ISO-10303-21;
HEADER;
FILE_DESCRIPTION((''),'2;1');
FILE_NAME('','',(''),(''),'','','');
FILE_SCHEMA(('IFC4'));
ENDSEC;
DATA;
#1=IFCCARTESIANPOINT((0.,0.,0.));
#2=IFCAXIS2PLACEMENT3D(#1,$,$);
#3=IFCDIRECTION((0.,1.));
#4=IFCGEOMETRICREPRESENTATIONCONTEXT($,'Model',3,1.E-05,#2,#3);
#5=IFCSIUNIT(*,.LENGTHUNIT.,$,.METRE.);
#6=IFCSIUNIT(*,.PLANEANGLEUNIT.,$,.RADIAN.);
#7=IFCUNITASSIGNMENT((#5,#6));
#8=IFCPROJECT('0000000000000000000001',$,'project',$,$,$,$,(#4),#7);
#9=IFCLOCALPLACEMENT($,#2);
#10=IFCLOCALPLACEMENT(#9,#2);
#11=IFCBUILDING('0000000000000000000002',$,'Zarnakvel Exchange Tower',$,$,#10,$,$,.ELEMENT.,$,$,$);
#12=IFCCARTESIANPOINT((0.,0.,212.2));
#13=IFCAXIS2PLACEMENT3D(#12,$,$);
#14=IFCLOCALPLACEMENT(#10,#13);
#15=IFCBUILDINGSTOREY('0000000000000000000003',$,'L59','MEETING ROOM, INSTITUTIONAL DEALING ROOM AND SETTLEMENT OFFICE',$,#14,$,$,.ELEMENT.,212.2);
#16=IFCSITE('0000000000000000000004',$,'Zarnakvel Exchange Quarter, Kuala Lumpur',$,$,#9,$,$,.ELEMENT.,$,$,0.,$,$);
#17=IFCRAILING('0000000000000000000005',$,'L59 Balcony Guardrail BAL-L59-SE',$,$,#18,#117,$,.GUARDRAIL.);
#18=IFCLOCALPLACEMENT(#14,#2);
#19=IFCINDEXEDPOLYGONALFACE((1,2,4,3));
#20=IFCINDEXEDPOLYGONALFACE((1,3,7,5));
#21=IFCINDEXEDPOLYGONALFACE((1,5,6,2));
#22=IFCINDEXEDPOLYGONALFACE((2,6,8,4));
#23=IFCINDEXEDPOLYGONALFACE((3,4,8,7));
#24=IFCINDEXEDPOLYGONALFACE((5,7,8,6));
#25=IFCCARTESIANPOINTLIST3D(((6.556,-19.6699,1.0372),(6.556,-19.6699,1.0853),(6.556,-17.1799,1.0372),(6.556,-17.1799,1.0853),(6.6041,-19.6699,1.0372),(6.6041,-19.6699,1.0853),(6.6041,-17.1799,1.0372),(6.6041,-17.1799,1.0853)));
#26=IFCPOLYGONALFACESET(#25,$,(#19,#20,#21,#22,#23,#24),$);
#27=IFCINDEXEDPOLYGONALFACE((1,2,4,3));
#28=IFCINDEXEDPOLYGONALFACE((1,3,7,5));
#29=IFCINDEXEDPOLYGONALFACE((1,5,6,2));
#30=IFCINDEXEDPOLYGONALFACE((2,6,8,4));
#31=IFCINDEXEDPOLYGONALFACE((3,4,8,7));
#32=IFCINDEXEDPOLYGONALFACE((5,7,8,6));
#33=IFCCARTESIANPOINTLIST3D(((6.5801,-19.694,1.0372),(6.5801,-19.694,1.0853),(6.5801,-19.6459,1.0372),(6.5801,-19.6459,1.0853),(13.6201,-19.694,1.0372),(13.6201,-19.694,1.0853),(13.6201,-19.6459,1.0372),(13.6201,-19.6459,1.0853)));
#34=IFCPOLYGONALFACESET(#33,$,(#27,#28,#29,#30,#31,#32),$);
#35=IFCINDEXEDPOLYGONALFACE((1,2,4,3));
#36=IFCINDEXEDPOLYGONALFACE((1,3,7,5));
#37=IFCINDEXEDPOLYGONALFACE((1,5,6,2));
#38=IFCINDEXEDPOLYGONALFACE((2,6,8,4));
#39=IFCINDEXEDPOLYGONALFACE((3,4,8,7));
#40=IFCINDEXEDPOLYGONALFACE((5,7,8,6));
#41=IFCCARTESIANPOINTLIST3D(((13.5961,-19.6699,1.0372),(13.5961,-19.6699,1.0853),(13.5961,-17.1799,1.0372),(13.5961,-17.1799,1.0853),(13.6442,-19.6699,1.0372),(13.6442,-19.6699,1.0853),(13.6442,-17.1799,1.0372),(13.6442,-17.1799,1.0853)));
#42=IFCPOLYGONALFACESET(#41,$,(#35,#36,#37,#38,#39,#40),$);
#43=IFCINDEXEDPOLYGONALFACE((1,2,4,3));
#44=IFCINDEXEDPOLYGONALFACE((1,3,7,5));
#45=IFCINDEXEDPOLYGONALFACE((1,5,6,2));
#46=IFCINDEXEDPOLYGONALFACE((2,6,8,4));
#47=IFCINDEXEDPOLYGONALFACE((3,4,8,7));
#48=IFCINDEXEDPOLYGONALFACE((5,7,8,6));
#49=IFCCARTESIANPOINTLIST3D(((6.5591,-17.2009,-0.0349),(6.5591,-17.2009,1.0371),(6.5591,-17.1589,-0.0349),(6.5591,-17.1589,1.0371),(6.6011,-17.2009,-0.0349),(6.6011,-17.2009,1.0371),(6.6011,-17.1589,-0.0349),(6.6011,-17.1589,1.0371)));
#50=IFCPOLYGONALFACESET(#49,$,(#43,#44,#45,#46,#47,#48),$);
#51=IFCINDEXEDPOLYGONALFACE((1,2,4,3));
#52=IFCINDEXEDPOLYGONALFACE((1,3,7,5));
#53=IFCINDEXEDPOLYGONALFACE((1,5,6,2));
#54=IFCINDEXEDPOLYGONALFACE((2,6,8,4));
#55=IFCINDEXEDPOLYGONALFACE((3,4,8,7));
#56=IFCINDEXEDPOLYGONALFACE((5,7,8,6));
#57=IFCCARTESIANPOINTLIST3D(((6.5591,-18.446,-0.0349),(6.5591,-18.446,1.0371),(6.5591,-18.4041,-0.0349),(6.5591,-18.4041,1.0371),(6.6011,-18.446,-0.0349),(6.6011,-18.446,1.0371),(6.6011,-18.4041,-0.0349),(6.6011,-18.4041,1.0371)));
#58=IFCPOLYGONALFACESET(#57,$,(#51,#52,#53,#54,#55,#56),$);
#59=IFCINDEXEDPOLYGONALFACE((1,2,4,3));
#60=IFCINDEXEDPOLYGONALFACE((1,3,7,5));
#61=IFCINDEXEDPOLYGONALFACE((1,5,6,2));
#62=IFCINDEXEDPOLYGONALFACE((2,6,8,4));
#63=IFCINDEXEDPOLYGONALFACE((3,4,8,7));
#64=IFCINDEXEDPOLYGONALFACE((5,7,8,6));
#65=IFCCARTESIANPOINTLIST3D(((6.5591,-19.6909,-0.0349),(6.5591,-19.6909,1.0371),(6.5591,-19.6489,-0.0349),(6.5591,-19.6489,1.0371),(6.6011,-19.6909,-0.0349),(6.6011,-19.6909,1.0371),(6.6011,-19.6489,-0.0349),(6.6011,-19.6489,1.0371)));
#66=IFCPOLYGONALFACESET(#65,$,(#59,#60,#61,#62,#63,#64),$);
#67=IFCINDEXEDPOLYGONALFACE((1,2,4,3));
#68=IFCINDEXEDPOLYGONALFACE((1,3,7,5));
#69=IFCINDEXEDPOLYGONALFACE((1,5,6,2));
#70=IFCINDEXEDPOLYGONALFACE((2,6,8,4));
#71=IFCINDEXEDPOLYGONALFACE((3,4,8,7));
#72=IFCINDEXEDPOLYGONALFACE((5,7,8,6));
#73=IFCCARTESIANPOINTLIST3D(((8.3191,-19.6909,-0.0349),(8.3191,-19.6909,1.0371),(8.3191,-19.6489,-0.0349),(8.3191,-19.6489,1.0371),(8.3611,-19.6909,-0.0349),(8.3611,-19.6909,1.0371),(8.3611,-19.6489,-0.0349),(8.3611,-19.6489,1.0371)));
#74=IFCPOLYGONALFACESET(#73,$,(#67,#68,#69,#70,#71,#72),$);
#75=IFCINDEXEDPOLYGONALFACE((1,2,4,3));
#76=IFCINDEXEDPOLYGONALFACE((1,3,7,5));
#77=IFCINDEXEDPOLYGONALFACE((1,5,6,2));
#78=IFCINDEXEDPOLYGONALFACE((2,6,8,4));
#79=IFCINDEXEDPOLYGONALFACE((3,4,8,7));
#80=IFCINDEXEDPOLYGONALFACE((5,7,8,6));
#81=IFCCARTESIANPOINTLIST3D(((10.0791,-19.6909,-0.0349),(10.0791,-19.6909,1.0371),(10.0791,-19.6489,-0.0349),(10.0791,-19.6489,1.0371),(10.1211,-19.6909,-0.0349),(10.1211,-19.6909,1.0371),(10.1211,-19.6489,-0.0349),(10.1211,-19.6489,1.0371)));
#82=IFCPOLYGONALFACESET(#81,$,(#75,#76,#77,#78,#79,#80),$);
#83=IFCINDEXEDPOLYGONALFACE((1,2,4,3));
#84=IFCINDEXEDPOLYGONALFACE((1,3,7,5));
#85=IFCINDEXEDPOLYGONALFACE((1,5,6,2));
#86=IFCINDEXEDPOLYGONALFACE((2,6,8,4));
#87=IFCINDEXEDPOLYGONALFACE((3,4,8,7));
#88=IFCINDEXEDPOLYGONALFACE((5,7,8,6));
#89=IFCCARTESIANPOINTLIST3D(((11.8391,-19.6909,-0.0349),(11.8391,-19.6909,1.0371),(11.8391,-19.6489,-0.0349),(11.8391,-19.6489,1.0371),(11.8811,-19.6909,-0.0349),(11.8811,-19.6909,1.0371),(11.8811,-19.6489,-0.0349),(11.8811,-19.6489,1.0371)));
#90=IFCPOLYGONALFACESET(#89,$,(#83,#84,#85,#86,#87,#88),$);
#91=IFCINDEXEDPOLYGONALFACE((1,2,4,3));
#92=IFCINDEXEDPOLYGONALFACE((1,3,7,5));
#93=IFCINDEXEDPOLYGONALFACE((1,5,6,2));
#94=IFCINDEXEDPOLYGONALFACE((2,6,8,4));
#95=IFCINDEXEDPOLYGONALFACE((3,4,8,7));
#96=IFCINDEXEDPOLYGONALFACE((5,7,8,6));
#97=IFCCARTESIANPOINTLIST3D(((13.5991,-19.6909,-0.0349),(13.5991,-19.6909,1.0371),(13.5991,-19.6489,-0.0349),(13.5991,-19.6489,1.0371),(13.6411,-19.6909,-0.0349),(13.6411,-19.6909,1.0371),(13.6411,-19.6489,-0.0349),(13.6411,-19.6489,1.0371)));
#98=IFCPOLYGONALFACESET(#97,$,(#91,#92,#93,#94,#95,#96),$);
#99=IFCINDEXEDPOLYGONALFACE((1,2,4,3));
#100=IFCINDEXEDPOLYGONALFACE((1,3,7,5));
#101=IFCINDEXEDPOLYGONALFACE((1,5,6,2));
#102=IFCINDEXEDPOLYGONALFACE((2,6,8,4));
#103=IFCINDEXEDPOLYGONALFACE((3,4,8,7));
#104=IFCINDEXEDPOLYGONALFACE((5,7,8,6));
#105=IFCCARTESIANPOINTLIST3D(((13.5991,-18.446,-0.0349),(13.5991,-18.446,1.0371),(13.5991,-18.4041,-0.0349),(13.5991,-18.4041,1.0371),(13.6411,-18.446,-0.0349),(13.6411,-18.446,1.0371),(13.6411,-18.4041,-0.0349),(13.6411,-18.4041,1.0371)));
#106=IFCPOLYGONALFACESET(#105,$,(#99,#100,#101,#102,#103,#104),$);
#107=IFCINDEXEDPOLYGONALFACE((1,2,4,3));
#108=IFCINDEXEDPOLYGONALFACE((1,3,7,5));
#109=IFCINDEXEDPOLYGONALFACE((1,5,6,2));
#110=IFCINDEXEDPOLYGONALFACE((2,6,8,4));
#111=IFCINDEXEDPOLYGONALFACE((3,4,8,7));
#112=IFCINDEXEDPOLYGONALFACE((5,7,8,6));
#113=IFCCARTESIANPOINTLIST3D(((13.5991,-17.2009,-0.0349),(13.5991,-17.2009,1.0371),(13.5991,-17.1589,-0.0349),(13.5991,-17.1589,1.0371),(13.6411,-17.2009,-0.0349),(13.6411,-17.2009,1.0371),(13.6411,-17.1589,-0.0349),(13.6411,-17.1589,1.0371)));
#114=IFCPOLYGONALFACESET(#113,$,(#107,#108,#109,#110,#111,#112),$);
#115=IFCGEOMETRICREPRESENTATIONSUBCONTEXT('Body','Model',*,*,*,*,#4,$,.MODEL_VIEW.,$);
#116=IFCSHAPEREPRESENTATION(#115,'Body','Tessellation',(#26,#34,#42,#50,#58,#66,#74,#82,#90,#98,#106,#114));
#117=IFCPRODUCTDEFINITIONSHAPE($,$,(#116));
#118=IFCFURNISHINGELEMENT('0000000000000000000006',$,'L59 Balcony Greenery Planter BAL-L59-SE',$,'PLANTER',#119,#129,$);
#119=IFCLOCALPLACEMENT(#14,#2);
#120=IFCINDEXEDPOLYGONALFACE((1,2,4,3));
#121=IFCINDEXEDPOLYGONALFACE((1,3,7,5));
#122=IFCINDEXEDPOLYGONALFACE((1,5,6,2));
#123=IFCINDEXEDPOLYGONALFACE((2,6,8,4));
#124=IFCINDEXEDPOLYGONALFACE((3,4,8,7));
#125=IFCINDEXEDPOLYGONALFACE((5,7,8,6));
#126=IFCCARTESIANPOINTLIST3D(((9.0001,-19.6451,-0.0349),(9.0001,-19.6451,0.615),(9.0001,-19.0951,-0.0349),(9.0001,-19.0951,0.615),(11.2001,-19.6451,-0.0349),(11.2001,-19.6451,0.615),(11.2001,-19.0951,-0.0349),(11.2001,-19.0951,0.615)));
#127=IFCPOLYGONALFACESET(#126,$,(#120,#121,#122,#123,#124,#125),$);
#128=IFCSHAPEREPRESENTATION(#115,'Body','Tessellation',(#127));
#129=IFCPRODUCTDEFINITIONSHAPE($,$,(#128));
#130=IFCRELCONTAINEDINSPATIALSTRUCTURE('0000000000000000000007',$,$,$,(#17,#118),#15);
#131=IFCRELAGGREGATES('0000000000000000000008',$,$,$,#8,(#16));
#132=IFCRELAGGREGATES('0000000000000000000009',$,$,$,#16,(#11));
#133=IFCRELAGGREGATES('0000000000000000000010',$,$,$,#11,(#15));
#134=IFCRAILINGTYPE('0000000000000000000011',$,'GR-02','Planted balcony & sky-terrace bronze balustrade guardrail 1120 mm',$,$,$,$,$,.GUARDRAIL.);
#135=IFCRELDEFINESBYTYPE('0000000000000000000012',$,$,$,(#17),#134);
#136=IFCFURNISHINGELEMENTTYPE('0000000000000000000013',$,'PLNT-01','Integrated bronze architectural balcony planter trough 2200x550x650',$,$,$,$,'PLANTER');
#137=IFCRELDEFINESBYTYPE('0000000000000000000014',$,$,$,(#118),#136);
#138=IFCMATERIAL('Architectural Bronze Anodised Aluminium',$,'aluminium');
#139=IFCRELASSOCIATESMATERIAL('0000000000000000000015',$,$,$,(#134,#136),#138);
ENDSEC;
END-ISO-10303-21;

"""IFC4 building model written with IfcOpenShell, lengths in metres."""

from ifc_helpers import new_model, si_unit, direction, frame, origin, origin_2d, place, context, subcontext, project, spatial, rectangle, extrude, source, transform, mapped, material, type_object, element, save


model = new_model("IFC4")

# Units and contexts
model_context = context("Model", 3, precision=1e-05, world=origin(), true_north=direction((0.0, 1.0)))
body_context = subcontext(model_context, "Body", "Model", "MODEL_VIEW")
ifc_project = project(units=[si_unit("LENGTHUNIT", "METRE"), si_unit("PLANEANGLEUNIT", "RADIAN")], contexts=[model_context])

# Site, building, storey
site_placement = place(None, origin())
site = spatial("IfcSite", under=ifc_project, at=site_placement, Name="Zarnakvel Exchange Quarter, Kuala Lumpur", CompositionType="ELEMENT", RefElevation=0.0)
building_placement = place(site_placement, origin())
building = spatial("IfcBuilding", under=site, at=building_placement, Name="Zarnakvel Exchange Tower", CompositionType="ELEMENT")
storey_placement = place(building_placement, frame((0.0, 0.0, 212.2)))
storey = spatial("IfcBuildingStorey", under=building, at=storey_placement, Name="L59", Description="MEETING ROOM, INSTITUTIONAL DEALING ROOM AND SETTLEMENT OFFICE", CompositionType="ELEMENT", Elevation=212.2)

# Shared definitions
ifc_material_1 = material(Name="Architectural Bronze Anodised Aluminium", Category="aluminium")

# Railing
railing_type = type_object("IfcRailingType", Name="GR-02", Description="Planted balcony & sky-terrace bronze balustrade guardrail 1120 mm", PredefinedType="GUARDRAIL", material=ifc_material_1)
railing_placement = place(storey_placement, frame((6.5801, -17.1799, -0.0349)))
element("IfcRailing", 1, at=railing_placement, inside=storey, type_object=railing_type, Name="L59 Balcony Guardrail BAL-L59-SE", PredefinedType="GUARDRAIL", context=body_context, shape_type="SweptSolid", body=[
    extrude(rectangle(XDim=0.0481, YDim=0.0481, at=origin_2d()), frame((0.0, 0.0, 1.0962), z_axis=(0.0, -1.0, 0.0), x_axis=(1.0, 0.0, 0.0)), (0.0, 0.0, 1.0), 2.49),
    extrude(rectangle(XDim=0.0481, YDim=0.0481, at=origin_2d()), frame((0.0, -2.49, 1.0962), z_axis=(1.0, 0.0, 0.0), x_axis=(0.0, 1.0, 0.0)), (0.0, 0.0, 1.0), 7.04),
    extrude(rectangle(XDim=0.0481, YDim=0.0481, at=origin_2d()), frame((7.04, -2.49, 1.0962), z_axis=(0.0, 1.0, 0.0), x_axis=(-1.0, 0.0, 0.0)), (0.0, 0.0, 1.0), 2.49),
    extrude(rectangle(XDim=0.042, YDim=0.042, at=origin_2d()), origin(), (0.0, 0.0, 1.0), 1.072),
    extrude(rectangle(XDim=0.042, YDim=0.042, at=origin_2d()), frame((0.0, -1.2451, 0.0)), (0.0, 0.0, 1.0), 1.072),
    extrude(rectangle(XDim=0.042, YDim=0.042, at=origin_2d()), frame((0.0, -2.49, 0.0)), (0.0, 0.0, 1.0), 1.072),
    extrude(rectangle(XDim=0.042, YDim=0.042, at=origin_2d()), frame((1.76, -2.49, 0.0)), (0.0, 0.0, 1.0), 1.072),
    extrude(rectangle(XDim=0.042, YDim=0.042, at=origin_2d()), frame((3.52, -2.49, 0.0)), (0.0, 0.0, 1.0), 1.072),
    extrude(rectangle(XDim=0.042, YDim=0.042, at=origin_2d()), frame((5.28, -2.49, 0.0)), (0.0, 0.0, 1.0), 1.072),
    extrude(rectangle(XDim=0.042, YDim=0.042, at=origin_2d()), frame((7.04, -2.49, 0.0)), (0.0, 0.0, 1.0), 1.072),
    extrude(rectangle(XDim=0.042, YDim=0.042, at=origin_2d()), frame((7.04, -1.2451, 0.0)), (0.0, 0.0, 1.0), 1.072),
    extrude(rectangle(XDim=0.042, YDim=0.042, at=origin_2d()), frame((7.04, 0.0, 0.0)), (0.0, 0.0, 1.0), 1.072),
])

# Furnishing element
furnishing_element_type = type_object("IfcFurnishingElementType", Name="PLNT-01", Description="Integrated bronze architectural balcony planter trough 2200x550x650", ElementType="PLANTER", material=ifc_material_1)
shared_shape_1 = source(origin(), body_context, "Body", "SweptSolid", [
    extrude(rectangle(XDim=2.2, YDim=0.55, at=origin_2d()), origin(), (0.0, 0.0, 1.0), 0.6499),
])
furnishing_placement = place(storey_placement, frame((10.1001, -19.3701, -0.0349), z_axis=(0.0, 0.0, 1.0), x_axis=(1.0, 0.0, 0.0)))
element("IfcFurnishingElement", 2, at=furnishing_placement, inside=storey, type_object=furnishing_element_type, Name="L59 Balcony Greenery Planter BAL-L59-SE", ObjectType="PLANTER", context=body_context, shape_type="MappedRepresentation", body=[
    mapped(shared_shape_1, transform((0.0, 0.0, 0.0), x_axis=(1.0, 0.0, 0.0), y_axis=(0.0, 1.0, 0.0), z_axis=(0.0, 0.0, 1.0), scale=1.0)),
])

save(model, "model.ifc")
